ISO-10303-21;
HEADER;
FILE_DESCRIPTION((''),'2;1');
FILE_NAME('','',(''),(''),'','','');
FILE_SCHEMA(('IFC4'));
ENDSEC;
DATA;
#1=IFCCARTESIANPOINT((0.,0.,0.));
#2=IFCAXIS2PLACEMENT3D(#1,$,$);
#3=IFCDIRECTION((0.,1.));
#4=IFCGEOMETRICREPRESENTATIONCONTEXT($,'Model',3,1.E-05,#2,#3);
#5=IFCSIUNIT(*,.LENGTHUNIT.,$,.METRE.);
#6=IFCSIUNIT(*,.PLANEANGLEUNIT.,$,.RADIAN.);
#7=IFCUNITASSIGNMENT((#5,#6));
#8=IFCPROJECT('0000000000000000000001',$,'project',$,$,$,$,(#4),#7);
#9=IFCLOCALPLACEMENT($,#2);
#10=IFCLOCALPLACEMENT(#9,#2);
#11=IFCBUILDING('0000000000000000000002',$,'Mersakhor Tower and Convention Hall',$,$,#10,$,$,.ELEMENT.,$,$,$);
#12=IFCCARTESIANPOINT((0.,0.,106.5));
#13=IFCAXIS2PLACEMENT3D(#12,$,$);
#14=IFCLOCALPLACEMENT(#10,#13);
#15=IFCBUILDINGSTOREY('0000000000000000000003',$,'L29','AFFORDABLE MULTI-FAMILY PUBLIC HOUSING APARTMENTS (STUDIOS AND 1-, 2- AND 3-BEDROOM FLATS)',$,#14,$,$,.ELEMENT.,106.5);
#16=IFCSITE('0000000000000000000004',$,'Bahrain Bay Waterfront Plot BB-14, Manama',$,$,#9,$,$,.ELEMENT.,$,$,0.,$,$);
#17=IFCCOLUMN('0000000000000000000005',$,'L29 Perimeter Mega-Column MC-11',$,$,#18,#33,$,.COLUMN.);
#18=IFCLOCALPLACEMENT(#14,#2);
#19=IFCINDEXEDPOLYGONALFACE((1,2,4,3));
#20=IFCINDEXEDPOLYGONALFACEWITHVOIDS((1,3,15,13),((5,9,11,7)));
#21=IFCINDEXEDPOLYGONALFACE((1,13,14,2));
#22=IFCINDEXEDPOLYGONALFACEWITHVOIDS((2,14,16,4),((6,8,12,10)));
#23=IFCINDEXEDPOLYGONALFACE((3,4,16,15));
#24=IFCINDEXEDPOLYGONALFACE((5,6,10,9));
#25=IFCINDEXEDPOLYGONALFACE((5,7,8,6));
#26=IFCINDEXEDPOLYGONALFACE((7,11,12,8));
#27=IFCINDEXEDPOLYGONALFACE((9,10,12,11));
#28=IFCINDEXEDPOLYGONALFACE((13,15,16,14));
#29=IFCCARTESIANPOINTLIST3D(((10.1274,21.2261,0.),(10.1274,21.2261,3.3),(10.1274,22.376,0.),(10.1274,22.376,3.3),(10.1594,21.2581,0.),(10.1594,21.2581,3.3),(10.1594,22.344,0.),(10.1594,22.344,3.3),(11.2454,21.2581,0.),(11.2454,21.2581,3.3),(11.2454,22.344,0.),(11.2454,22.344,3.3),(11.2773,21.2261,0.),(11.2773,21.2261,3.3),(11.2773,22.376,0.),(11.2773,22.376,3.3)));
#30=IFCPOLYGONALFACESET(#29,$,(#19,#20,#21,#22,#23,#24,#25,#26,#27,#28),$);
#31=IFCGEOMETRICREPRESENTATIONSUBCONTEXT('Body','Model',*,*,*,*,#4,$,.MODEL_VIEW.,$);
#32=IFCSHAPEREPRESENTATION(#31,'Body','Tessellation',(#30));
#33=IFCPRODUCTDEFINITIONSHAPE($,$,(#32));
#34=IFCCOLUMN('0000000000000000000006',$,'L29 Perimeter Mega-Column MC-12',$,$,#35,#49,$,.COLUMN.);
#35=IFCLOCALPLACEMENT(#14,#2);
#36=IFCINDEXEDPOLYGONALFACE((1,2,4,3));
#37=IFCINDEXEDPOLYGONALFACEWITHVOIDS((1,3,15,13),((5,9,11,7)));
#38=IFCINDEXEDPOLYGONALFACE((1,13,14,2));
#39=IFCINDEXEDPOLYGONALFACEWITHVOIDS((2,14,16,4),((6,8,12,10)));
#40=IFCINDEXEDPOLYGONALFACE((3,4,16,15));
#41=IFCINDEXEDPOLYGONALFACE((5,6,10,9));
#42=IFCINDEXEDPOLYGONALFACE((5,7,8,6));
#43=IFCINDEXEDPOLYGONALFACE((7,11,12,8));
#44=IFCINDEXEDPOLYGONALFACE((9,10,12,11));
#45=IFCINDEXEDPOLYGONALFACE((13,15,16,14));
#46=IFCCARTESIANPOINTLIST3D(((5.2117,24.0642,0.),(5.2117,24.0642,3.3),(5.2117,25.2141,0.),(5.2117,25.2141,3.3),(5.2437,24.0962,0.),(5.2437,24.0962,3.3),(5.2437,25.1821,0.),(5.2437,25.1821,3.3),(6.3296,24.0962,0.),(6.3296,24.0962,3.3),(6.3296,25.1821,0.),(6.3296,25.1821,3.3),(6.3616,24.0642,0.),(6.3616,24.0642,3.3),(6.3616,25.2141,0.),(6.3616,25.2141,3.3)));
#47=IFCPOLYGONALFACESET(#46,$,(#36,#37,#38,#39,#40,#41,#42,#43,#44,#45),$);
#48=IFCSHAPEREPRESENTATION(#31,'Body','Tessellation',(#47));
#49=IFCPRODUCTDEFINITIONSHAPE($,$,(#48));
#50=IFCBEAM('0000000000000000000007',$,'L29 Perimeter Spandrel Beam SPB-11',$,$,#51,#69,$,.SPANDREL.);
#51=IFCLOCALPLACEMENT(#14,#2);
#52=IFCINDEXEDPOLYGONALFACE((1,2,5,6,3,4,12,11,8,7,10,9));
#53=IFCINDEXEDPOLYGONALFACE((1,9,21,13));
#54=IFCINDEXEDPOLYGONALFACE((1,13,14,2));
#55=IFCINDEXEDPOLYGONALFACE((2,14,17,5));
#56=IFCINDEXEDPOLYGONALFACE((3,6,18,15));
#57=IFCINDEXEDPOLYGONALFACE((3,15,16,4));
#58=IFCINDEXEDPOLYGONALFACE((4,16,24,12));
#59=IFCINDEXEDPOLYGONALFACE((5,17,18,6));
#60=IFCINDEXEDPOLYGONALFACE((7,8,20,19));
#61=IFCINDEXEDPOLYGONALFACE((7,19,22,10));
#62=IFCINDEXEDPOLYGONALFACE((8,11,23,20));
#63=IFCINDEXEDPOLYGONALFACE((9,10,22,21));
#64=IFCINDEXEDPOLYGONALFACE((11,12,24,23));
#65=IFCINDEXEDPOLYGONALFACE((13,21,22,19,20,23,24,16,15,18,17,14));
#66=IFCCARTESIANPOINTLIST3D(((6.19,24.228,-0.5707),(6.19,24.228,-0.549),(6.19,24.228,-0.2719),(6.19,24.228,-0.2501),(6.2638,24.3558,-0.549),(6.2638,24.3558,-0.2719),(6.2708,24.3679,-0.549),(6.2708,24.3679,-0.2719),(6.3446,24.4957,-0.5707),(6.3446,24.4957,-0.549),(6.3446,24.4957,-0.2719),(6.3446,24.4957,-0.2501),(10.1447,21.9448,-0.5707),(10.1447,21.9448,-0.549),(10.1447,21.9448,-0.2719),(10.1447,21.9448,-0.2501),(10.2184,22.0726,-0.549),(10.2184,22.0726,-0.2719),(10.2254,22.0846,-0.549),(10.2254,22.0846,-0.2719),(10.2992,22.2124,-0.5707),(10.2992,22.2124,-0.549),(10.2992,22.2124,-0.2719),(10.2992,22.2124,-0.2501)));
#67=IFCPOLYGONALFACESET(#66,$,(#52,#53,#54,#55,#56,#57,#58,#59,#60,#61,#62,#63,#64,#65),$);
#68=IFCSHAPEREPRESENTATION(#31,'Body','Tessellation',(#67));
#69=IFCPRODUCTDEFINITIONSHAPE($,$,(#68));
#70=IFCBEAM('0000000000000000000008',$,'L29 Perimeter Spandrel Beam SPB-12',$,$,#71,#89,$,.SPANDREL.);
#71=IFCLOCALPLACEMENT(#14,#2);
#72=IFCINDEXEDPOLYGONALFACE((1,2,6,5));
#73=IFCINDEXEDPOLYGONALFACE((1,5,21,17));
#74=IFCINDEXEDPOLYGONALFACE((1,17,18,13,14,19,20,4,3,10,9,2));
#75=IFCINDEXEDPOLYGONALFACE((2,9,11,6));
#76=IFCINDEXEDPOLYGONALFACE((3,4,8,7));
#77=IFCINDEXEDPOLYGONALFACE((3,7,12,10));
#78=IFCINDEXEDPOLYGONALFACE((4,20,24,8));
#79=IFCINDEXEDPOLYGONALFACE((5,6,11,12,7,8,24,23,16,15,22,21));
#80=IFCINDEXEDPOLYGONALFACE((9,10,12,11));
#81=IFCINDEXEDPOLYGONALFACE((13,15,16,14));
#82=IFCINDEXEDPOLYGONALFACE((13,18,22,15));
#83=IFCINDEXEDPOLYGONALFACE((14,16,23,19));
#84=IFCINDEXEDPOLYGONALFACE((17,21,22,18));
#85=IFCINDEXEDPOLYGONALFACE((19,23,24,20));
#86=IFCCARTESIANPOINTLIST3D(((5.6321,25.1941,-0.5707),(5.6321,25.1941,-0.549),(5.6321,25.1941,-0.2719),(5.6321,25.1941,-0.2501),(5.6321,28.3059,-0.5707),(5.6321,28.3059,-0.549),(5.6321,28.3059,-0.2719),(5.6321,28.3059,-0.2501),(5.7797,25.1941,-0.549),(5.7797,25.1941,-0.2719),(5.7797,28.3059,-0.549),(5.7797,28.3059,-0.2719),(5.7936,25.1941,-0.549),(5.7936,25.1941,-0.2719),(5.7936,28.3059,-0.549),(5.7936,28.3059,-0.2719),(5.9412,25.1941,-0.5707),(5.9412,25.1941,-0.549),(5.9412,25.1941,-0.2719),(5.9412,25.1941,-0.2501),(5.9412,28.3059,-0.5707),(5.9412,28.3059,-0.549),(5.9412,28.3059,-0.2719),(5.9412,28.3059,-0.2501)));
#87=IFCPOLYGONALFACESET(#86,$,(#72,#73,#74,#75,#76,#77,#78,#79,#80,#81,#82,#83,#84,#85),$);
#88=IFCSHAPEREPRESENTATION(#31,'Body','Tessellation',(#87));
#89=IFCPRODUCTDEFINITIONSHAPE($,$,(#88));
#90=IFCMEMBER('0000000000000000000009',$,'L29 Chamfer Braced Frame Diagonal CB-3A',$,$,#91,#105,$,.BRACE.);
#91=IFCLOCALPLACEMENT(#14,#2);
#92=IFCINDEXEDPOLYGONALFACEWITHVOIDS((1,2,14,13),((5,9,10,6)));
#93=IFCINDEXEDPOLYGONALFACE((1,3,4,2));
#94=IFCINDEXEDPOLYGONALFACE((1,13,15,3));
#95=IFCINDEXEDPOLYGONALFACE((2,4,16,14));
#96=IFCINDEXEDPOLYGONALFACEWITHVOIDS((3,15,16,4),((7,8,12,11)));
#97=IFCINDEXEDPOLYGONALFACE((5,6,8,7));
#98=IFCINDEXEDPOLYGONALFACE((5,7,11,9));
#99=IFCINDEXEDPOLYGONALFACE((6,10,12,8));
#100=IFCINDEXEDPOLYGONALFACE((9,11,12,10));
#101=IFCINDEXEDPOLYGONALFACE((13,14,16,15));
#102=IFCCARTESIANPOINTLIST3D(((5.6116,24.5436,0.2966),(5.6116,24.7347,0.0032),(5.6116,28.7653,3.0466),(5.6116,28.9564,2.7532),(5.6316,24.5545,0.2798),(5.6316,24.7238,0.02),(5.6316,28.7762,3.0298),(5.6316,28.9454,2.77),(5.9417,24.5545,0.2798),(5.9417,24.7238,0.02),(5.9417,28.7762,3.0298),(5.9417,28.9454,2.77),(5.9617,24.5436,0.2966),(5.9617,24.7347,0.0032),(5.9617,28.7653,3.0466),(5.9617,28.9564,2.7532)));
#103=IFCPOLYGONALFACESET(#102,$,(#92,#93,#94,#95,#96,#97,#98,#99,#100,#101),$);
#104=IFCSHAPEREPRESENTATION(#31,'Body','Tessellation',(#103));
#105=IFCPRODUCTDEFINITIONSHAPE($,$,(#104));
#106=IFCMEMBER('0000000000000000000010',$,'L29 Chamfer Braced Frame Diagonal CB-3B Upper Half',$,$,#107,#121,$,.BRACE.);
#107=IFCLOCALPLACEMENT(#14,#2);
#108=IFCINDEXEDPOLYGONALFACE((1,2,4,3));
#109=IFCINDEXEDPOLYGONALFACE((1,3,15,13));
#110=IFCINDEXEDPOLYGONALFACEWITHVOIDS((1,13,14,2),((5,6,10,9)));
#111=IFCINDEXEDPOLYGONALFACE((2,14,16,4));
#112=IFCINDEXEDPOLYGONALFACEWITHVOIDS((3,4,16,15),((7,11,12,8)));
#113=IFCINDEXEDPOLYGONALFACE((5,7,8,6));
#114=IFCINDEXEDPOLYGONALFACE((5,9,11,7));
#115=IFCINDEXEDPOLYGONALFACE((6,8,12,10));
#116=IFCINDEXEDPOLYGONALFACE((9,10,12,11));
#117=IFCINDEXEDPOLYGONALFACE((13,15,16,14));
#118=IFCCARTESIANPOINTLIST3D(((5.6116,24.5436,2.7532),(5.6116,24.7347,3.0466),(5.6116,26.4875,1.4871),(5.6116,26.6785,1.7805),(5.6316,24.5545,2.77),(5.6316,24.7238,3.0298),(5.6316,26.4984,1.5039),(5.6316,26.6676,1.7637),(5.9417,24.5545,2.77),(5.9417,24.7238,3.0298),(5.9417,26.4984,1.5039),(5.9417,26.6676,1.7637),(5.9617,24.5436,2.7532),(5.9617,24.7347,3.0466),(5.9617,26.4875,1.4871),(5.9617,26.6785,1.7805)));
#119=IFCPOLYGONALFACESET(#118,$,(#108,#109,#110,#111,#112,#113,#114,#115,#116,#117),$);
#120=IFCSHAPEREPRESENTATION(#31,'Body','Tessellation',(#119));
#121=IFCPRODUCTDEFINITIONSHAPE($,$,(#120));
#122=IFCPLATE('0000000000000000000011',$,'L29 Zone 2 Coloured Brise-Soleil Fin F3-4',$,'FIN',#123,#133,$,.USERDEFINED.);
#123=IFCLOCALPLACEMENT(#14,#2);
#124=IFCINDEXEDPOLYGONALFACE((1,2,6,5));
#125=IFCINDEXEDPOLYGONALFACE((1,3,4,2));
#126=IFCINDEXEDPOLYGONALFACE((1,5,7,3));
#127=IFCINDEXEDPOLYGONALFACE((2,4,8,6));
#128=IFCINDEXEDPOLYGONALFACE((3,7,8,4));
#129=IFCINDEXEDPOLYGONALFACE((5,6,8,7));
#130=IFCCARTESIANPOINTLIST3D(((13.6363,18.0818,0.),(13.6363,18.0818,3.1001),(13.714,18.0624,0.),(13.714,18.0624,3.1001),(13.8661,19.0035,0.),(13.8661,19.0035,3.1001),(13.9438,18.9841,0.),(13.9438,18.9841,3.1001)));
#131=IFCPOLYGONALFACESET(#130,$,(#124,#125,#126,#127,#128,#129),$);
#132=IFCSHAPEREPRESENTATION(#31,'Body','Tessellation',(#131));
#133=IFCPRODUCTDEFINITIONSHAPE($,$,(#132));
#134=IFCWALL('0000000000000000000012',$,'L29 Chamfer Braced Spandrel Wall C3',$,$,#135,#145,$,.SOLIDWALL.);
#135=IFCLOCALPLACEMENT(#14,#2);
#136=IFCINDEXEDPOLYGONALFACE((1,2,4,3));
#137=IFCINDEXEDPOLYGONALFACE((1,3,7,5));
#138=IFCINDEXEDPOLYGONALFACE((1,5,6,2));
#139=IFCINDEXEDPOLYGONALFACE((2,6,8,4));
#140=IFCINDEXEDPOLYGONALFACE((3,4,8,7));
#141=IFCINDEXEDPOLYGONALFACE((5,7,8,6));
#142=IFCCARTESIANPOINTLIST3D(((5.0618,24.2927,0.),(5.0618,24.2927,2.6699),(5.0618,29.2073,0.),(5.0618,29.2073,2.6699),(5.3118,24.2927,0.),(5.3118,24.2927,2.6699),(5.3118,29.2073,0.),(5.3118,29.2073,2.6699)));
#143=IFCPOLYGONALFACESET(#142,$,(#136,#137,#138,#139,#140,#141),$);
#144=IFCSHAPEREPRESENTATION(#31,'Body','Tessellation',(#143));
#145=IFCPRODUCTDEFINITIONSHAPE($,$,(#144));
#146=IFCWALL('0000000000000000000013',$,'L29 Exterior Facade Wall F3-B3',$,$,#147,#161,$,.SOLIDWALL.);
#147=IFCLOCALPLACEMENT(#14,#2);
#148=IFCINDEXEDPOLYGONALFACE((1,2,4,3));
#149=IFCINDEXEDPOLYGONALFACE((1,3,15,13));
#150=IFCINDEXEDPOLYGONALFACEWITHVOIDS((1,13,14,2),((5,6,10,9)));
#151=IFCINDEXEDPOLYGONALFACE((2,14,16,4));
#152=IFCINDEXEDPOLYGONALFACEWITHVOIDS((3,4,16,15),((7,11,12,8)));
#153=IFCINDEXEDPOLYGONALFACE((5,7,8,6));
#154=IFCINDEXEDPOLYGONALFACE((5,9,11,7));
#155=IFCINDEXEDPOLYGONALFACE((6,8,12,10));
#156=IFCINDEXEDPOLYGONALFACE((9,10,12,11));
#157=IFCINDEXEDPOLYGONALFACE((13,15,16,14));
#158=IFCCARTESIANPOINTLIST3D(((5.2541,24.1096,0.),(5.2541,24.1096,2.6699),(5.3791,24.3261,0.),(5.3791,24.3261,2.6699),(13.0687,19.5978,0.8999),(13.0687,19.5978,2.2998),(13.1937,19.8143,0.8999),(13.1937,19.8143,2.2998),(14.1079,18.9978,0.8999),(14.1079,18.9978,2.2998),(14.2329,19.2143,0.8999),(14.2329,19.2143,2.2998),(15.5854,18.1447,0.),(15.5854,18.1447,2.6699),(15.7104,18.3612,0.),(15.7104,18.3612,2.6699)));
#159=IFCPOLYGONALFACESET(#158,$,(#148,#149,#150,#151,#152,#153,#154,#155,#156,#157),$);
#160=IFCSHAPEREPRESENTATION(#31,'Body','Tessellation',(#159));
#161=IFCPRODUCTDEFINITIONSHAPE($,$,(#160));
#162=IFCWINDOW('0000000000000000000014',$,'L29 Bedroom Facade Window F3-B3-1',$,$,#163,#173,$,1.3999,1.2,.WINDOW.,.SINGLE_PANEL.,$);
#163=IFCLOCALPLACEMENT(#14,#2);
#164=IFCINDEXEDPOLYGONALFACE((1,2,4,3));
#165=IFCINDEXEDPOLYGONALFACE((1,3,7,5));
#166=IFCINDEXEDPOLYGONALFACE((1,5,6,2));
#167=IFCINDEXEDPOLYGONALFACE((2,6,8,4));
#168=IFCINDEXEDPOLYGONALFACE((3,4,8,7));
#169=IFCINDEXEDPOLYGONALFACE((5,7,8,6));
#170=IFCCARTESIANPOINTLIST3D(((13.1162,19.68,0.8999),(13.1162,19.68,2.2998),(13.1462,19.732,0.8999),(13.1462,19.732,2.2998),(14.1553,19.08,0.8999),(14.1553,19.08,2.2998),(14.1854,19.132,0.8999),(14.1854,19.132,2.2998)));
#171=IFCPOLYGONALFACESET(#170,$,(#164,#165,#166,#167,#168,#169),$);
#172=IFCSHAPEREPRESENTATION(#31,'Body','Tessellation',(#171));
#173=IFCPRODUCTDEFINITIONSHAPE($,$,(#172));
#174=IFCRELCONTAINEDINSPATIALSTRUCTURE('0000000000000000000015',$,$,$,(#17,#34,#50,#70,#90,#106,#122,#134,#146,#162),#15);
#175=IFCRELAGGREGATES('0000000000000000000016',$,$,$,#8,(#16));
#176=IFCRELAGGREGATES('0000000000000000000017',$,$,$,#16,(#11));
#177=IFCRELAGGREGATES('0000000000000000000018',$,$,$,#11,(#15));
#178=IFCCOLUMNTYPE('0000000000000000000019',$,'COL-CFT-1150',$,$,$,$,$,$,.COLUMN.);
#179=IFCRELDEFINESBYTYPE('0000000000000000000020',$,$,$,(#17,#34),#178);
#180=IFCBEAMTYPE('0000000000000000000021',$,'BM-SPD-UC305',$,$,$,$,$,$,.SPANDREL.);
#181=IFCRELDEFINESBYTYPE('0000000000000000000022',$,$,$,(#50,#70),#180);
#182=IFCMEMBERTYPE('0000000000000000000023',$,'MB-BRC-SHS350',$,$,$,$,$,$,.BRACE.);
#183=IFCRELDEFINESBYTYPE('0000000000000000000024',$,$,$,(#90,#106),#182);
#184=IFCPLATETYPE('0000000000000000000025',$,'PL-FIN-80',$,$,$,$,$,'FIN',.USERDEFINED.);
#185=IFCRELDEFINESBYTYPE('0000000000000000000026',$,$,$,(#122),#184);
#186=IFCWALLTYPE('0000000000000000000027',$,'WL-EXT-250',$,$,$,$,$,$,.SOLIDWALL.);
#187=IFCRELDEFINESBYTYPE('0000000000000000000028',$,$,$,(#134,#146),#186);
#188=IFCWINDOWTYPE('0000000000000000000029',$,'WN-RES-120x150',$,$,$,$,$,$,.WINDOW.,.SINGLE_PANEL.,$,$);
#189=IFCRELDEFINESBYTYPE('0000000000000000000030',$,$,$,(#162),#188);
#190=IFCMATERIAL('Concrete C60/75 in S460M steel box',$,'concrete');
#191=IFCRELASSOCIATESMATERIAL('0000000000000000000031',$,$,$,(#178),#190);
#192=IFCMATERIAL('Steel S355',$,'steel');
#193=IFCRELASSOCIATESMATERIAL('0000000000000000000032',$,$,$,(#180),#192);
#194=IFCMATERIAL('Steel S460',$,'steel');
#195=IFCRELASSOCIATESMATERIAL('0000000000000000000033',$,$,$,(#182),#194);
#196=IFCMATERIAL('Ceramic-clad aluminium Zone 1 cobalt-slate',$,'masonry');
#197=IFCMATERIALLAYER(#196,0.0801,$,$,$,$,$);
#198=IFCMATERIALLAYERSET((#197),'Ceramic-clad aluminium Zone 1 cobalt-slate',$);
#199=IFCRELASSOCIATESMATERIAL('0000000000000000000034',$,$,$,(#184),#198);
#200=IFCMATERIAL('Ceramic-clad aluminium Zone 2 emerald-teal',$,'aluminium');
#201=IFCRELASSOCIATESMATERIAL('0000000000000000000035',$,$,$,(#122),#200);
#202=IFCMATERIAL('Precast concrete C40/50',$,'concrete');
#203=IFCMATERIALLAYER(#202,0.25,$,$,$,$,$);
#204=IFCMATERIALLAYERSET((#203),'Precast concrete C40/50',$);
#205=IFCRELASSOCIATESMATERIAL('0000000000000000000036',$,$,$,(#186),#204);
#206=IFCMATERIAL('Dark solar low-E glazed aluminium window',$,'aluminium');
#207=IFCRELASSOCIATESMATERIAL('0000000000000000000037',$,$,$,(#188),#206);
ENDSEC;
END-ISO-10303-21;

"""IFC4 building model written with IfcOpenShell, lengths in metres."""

from ifc_helpers import new_model, si_unit, direction, frame, frame_2d, origin, origin_2d, place, context, subcontext, project, spatial, rectangle, hollow_rectangle, i_section, extrude, material, layer, layer_set, material_profile, profile_set, type_object, element, fill, save


model = new_model("IFC4")

# Units and contexts
model_context = context("Model", 3, precision=1e-05, world=origin(), true_north=direction((0.0, 1.0)))
body_context = subcontext(model_context, "Body", "Model", "MODEL_VIEW")
ifc_project = project(units=[si_unit("LENGTHUNIT", "METRE"), si_unit("PLANEANGLEUNIT", "RADIAN")], contexts=[model_context])

# Site, building, storey
site_placement = place(None, origin())
site = spatial("IfcSite", under=ifc_project, at=site_placement, Name="Bahrain Bay Waterfront Plot BB-14, Manama", CompositionType="ELEMENT", RefElevation=0.0)
building_placement = place(site_placement, origin())
building = spatial("IfcBuilding", under=site, at=building_placement, Name="Mersakhor Tower and Convention Hall", CompositionType="ELEMENT")
storey_placement = place(building_placement, frame((0.0, 0.0, 106.5)))
storey = spatial("IfcBuildingStorey", under=building, at=storey_placement, Name="L29", Description="AFFORDABLE MULTI-FAMILY PUBLIC HOUSING APARTMENTS (STUDIOS AND 1-, 2- AND 3-BEDROOM FLATS)", CompositionType="ELEMENT", Elevation=106.5)

# Columns
ifc_material_1 = material(Name="Concrete C60/75 in S460M steel box", Category="concrete")
ifc_material_profile_1 = material_profile(ifc_material_1, hollow_rectangle(XDim=1.1499, YDim=1.1499, WallThickness=0.032, at=origin_2d()), Name="SHS 1150x1150x32")
ifc_profile_set_1 = profile_set([ifc_material_profile_1], Name="Concrete C60/75 in S460M steel box")
column_type = type_object("IfcColumnType", Name="COL-CFT-1150", PredefinedType="COLUMN", material=ifc_profile_set_1)
for number, where, z_axis, x_axis, name in (
    (1, (10.7024, 21.801, 0.0), (0.0, 0.0, 1.0), (1.0, 0.0, 0.0), "L29 Perimeter Mega-Column MC-11"),
    (2, (5.7866, 24.6392, 0.0), (0.0, 0.0, 1.0), (1.0, 0.0, 0.0), "L29 Perimeter Mega-Column MC-12"),
):
    element("IfcColumn", number, at=place(storey_placement, frame(where, z_axis=z_axis, x_axis=x_axis)), inside=storey, type_object=column_type, Name=name, PredefinedType="COLUMN", context=body_context, shape_type="SweptSolid", body=[
        extrude(hollow_rectangle(XDim=1.1499, YDim=1.1499, WallThickness=0.032, at=origin_2d()), origin(), (0.0, 0.0, 1.0), 3.3),
    ])

# Beams
ifc_material_2 = material(Name="Steel S355", Category="steel")
ifc_material_profile_2 = material_profile(ifc_material_2, i_section(OverallWidth=0.3091, OverallDepth=0.3206, WebThickness=0.0139, FlangeThickness=0.0217, at=origin_2d()), Name="UC 305x305x137")
ifc_profile_set_2 = profile_set([ifc_material_profile_2], Name="Steel S355")
beam_type = type_object("IfcBeamType", Name="BM-SPD-UC305", PredefinedType="SPANDREL", material=ifc_profile_set_2)
beam_1_placement = place(storey_placement, frame((10.2219, 22.0786, -0.4104), z_axis=(-0.866024, 0.500003, 0.0), x_axis=(-0.500003, -0.866024, 0.0)))
element("IfcBeam", 3, at=beam_1_placement, inside=storey, type_object=beam_type, Name="L29 Perimeter Spandrel Beam SPB-11", PredefinedType="SPANDREL", context=body_context, shape_type="SweptSolid", body=[
    extrude(i_section(OverallWidth=0.3091, OverallDepth=0.3206, WebThickness=0.0139, FlangeThickness=0.0217, at=origin_2d()), origin(), (0.0, 0.0, 1.0), 4.5664),
])
beam_2_placement = place(storey_placement, frame((5.7866, 25.1941, -0.4104), z_axis=(0.0, 1.0, 0.0), x_axis=(-1.0, 0.0, 0.0)))
element("IfcBeam", 4, at=beam_2_placement, inside=storey, type_object=beam_type, Name="L29 Perimeter Spandrel Beam SPB-12", PredefinedType="SPANDREL", context=body_context, shape_type="SweptSolid", body=[
    extrude(i_section(OverallWidth=0.3091, OverallDepth=0.3206, WebThickness=0.0139, FlangeThickness=0.0217, at=origin_2d()), origin(), (0.0, 0.0, 1.0), 3.1118),
])

# Members
ifc_material_3 = material(Name="Steel S460", Category="steel")
ifc_material_profile_3 = material_profile(ifc_material_3, hollow_rectangle(XDim=0.3501, YDim=0.3501, WallThickness=0.02, at=origin_2d()), Name="SHS 350x350x20")
ifc_profile_set_3 = profile_set([ifc_material_profile_3], Name="Steel S460")
member_type = type_object("IfcMemberType", Name="MB-BRC-SHS350", PredefinedType="BRACE", material=ifc_profile_set_3)
member_1_placement = place(storey_placement, frame((5.7866, 24.6392, 0.1499), z_axis=(0.0, 0.837907, 0.545812), x_axis=(-1.0, 0.0, 0.0)))
element("IfcMember", 5, at=member_1_placement, inside=storey, type_object=member_type, Name="L29 Chamfer Braced Frame Diagonal CB-3A", PredefinedType="BRACE", context=body_context, shape_type="SweptSolid", body=[
    extrude(hollow_rectangle(XDim=0.3501, YDim=0.3501, WallThickness=0.02, at=origin_2d()), origin(), (0.0, 0.0, 1.0), 5.0383),
])
member_2_placement = place(storey_placement, frame((5.7866, 26.583, 1.6338), z_axis=(0.0, -0.837929, 0.54578), x_axis=(1.0, 0.0, 0.0)))
element("IfcMember", 6, at=member_2_placement, inside=storey, type_object=member_type, Name="L29 Chamfer Braced Frame Diagonal CB-3B Upper Half", PredefinedType="BRACE", context=body_context, shape_type="SweptSolid", body=[
    extrude(hollow_rectangle(XDim=0.3501, YDim=0.3501, WallThickness=0.02, at=origin_2d()), origin(), (0.0, 0.0, 1.0), 2.3198),
])

# Plate
ifc_material_4 = material(Name="Ceramic-clad aluminium Zone 2 emerald-teal", Category="aluminium")
ifc_material_5 = material(Name="Ceramic-clad aluminium Zone 1 cobalt-slate", Category="masonry")
ifc_layer_1 = layer(ifc_material_5, 0.0801)
ifc_layer_set_1 = layer_set([ifc_layer_1], Name="Ceramic-clad aluminium Zone 1 cobalt-slate")
plate_type = type_object("IfcPlateType", Name="PL-FIN-80", ElementType="FIN", PredefinedType="USERDEFINED", material=ifc_layer_set_1)
plate_placement = place(storey_placement, frame((13.79, 18.533, 0.0), z_axis=(0.0, 0.0, 1.0), x_axis=(-0.241922, -0.970296, 0.0)))
element("IfcPlate", 7, at=plate_placement, inside=storey, type_object=plate_type, material=ifc_material_4, Name="L29 Zone 2 Coloured Brise-Soleil Fin F3-4", ObjectType="FIN", PredefinedType="USERDEFINED", context=body_context, shape_type="SweptSolid", body=[
    extrude(rectangle(XDim=0.95, YDim=0.0801, at=origin_2d()), origin(), (0.0, 0.0, 1.0), 3.1001),
])

# Wall
ifc_material_6 = material(Name="Precast concrete C40/50", Category="concrete")
ifc_layer_2 = layer(ifc_material_6, 0.25)
ifc_layer_set_2 = layer_set([ifc_layer_2], Name="Precast concrete C40/50")
wall_type_1 = type_object("IfcWallType", Name="WL-EXT-250", PredefinedType="SOLIDWALL", material=ifc_layer_set_2)
wall_1_placement = place(storey_placement, frame((5.1868, 24.2927, 0.0), z_axis=(0.0, 0.0, 1.0), x_axis=(0.0, 1.0, 0.0)))
element("IfcWall", 8, at=wall_1_placement, inside=storey, type_object=wall_type_1, Name="L29 Chamfer Braced Spandrel Wall C3", PredefinedType="SOLIDWALL", context=body_context, shape_type="SweptSolid", body=[
    extrude(rectangle(XDim=4.9146, YDim=0.25, at=frame_2d((2.4573, 0.0))), origin(), (0.0, 0.0, 1.0), 2.6699),
])

# Wall, opening, window
wall_2_placement = place(storey_placement, frame((15.6479, 18.2529, 0.0), z_axis=(0.0, 0.0, 1.0), x_axis=(-0.866023, 0.500004, 0.0)))
wall_2 = element("IfcWall", 9, at=wall_2_placement, inside=storey, type_object=wall_type_1, Name="L29 Exterior Facade Wall F3-B3", PredefinedType="SOLIDWALL", context=body_context, shape_type="SweptSolid", body=[
    extrude(rectangle(XDim=11.9297, YDim=0.25, at=frame_2d((5.9648, 0.0))), origin(), (0.0, 0.0, 1.0), 2.6699),
])
opening_1_placement = place(wall_2_placement, frame((1.7061, 0.0, 0.8999)))
opening_1 = element("IfcOpeningElement", 10, at=opening_1_placement, cuts=wall_2, PredefinedType="OPENING", context=body_context, shape_type="SweptSolid", body=[
    extrude(rectangle(XDim=1.2, YDim=1.3999, at=frame_2d((0.6001, 0.7))), frame((0.0, 0.135, 0.0), z_axis=(0.0, -1.0, 0.0), x_axis=(1.0, 0.0, 0.0)), (0.0, 0.0, 1.0), 0.27),
])
ifc_material_7 = material(Name="Dark solar low-E glazed aluminium window", Category="aluminium")
window_type = type_object("IfcWindowType", Name="WN-RES-120x150", PartitioningType="SINGLE_PANEL", PredefinedType="WINDOW", material=ifc_material_7)
window_placement = place(opening_1_placement, origin())
window = element("IfcWindow", 11, at=window_placement, inside=storey, type_object=window_type, Name="L29 Bedroom Facade Window F3-B3-1", OverallHeight=1.3999, OverallWidth=1.2, PartitioningType="SINGLE_PANEL", PredefinedType="WINDOW", context=body_context, shape_type="SweptSolid", body=[
    extrude(rectangle(XDim=1.2, YDim=1.3999, at=frame_2d((0.6001, 0.7))), frame((0.0, 0.03, 0.0), z_axis=(0.0, -1.0, 0.0), x_axis=(1.0, 0.0, 0.0)), (0.0, 0.0, 1.0), 0.0601),
])
fill(opening_1, window)

save(model, "model.ifc")
